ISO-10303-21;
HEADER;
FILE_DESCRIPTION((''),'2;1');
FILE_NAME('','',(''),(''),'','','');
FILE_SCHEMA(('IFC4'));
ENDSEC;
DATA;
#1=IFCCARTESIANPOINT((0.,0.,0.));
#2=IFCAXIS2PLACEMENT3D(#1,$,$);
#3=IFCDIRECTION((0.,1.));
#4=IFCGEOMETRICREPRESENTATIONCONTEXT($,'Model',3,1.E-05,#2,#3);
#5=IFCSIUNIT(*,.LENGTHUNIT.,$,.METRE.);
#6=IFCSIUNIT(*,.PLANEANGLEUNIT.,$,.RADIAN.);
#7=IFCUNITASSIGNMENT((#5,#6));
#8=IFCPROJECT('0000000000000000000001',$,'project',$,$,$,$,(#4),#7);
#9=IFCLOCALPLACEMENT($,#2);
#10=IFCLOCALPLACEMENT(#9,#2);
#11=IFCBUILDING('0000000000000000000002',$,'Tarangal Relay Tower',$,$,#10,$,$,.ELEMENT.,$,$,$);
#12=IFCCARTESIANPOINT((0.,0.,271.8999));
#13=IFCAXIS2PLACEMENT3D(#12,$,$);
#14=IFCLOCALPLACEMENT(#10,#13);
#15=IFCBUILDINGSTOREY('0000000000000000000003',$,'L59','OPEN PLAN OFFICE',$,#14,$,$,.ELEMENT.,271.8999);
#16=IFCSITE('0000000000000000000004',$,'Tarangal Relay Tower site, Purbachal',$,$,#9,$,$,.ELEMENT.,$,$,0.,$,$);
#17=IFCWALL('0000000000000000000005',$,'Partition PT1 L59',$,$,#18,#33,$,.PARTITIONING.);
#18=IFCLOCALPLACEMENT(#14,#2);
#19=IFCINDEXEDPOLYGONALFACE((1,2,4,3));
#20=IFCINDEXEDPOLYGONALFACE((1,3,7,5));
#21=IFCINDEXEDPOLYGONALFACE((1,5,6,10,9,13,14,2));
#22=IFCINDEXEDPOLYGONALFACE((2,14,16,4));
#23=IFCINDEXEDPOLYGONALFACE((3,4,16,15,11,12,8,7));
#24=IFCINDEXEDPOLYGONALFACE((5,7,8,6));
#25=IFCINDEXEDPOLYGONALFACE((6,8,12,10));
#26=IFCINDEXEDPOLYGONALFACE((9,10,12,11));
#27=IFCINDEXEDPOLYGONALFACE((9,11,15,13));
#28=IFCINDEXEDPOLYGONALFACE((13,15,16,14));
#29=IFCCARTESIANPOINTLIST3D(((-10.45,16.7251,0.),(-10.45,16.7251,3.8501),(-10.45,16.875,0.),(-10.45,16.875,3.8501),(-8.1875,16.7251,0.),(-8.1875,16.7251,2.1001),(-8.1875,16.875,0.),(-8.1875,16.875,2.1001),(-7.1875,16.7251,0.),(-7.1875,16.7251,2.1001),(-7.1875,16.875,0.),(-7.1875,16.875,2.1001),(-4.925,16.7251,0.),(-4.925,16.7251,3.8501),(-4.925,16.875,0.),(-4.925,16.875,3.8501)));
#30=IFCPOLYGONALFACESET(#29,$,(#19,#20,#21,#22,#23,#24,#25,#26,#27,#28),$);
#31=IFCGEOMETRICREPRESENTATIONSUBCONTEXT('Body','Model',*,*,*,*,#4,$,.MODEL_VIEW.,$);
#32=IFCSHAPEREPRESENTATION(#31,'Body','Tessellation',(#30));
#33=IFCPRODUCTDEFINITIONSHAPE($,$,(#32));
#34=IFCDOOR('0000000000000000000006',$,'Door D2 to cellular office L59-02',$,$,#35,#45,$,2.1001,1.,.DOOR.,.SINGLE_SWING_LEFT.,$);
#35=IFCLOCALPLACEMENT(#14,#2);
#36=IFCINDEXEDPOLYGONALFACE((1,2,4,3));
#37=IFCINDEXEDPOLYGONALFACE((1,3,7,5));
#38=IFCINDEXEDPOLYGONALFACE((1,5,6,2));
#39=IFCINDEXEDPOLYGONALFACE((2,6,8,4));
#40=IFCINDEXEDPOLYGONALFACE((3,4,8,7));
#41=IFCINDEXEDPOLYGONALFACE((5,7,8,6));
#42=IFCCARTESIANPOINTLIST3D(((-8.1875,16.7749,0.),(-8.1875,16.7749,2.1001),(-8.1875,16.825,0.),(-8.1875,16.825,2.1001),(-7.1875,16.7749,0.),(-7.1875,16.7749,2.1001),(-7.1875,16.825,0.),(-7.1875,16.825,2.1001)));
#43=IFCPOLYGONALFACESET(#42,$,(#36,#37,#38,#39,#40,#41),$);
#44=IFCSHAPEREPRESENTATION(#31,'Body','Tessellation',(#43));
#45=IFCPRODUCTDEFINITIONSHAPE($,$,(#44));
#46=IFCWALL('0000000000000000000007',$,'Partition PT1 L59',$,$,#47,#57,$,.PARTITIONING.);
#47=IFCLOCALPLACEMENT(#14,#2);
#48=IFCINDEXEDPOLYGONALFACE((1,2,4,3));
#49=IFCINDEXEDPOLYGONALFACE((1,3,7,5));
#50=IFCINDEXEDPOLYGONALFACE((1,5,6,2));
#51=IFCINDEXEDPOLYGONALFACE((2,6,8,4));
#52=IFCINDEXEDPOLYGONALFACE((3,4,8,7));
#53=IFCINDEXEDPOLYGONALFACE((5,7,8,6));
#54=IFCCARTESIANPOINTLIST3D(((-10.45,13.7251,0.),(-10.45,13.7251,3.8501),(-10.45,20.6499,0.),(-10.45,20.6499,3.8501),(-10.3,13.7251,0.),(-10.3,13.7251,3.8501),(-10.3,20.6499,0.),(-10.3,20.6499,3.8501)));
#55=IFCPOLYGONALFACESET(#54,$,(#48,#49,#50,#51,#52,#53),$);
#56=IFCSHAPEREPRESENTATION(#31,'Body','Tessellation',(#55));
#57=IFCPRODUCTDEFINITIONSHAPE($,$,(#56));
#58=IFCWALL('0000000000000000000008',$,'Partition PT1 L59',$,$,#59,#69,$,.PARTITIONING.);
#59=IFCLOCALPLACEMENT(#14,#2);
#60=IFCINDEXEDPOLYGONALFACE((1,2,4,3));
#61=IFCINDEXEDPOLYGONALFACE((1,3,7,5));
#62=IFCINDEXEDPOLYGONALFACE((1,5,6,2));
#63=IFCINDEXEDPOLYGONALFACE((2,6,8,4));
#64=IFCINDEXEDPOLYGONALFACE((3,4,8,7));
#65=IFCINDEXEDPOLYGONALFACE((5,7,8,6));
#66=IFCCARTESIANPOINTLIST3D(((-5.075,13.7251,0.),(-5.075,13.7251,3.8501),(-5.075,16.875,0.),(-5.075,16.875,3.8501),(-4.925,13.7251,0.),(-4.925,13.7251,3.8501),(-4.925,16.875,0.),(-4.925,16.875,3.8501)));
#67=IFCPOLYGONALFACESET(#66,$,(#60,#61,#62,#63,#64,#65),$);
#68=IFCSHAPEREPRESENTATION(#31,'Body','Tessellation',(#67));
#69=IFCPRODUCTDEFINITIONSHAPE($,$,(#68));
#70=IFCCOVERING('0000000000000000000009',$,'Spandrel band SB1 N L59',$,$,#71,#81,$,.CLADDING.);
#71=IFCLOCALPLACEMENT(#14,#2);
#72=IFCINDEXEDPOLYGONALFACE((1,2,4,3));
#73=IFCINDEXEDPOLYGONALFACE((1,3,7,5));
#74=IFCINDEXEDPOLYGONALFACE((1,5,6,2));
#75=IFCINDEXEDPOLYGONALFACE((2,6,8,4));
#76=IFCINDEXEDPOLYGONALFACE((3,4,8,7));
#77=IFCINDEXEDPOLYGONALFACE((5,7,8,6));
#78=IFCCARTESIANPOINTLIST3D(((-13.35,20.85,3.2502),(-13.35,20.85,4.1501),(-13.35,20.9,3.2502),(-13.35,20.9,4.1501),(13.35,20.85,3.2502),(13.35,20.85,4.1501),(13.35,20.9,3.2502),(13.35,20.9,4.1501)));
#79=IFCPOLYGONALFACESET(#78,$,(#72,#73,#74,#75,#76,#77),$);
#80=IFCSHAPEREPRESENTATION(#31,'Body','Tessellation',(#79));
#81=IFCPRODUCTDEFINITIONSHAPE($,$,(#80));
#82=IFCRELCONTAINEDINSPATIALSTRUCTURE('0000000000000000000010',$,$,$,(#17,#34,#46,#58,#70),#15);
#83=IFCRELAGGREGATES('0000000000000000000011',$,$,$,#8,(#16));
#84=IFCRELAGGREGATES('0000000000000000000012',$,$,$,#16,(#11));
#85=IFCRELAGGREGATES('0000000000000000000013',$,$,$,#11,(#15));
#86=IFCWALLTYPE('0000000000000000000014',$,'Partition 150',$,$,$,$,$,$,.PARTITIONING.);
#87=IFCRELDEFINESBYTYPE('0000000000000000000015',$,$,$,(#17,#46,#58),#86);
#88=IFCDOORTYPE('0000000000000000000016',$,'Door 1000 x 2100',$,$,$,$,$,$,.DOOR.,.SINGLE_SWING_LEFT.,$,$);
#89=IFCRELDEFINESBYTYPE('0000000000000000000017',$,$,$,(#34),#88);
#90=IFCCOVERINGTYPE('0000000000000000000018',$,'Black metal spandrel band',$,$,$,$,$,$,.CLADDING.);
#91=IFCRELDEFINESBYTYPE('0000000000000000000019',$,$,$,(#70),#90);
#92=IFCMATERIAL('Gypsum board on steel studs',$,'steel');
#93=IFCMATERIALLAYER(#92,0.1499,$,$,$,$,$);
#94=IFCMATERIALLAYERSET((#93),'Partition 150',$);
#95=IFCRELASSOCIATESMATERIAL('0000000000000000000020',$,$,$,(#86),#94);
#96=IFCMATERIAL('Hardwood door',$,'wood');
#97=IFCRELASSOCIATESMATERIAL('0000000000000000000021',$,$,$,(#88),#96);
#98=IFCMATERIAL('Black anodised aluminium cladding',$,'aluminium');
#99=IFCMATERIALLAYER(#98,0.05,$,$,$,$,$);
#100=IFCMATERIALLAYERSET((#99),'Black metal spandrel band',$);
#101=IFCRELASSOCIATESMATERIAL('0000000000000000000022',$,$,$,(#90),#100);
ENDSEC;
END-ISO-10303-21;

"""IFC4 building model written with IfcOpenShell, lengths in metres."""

from ifc_helpers import new_model, si_unit, direction, frame, frame_2d, origin, origin_2d, place, context, subcontext, project, spatial, rectangle, extrude, material, layer, layer_set, type_object, element, fill, save


model = new_model("IFC4")

# Units and contexts
model_context = context("Model", 3, precision=1e-05, world=origin(), true_north=direction((0.0, 1.0)))
body_context = subcontext(model_context, "Body", "Model", "MODEL_VIEW")
ifc_project = project(units=[si_unit("LENGTHUNIT", "METRE"), si_unit("PLANEANGLEUNIT", "RADIAN")], contexts=[model_context])

# Site, building, storey
site_placement = place(None, origin())
site = spatial("IfcSite", under=ifc_project, at=site_placement, Name="Tarangal Relay Tower site, Purbachal", CompositionType="ELEMENT", RefElevation=0.0)
building_placement = place(site_placement, origin())
building = spatial("IfcBuilding", under=site, at=building_placement, Name="Tarangal Relay Tower", CompositionType="ELEMENT")
storey_placement = place(building_placement, frame((0.0, 0.0, 271.8999)))
storey = spatial("IfcBuildingStorey", under=building, at=storey_placement, Name="L59", Description="OPEN PLAN OFFICE", CompositionType="ELEMENT", Elevation=271.8999)

# Wall, opening, door
ifc_material_1 = material(Name="Gypsum board on steel studs", Category="steel")
ifc_layer_1 = layer(ifc_material_1, 0.1499)
ifc_layer_set_1 = layer_set([ifc_layer_1], Name="Partition 150")
wall_type_1 = type_object("IfcWallType", Name="Partition 150", PredefinedType="PARTITIONING", material=ifc_layer_set_1)
wall_1_placement = place(storey_placement, frame((-10.45, 16.8, 0.0), z_axis=(0.0, 0.0, 1.0), x_axis=(1.0, 0.0, 0.0)))
wall_1 = element("IfcWall", 1, at=wall_1_placement, inside=storey, type_object=wall_type_1, Name="Partition PT1 L59", PredefinedType="PARTITIONING", context=body_context, shape_type="SweptSolid", body=[
    extrude(rectangle(XDim=5.5249, YDim=0.1499, at=frame_2d((2.7625, 0.0))), origin(), (0.0, 0.0, 1.0), 3.8501),
])
opening_1_placement = place(wall_1_placement, frame((2.2625, 0.0, 0.0)))
opening_1 = element("IfcOpeningElement", 2, at=opening_1_placement, cuts=wall_1, PredefinedType="OPENING", context=body_context, shape_type="SweptSolid", body=[
    extrude(rectangle(XDim=1.0, YDim=2.1001, at=frame_2d((0.5, 1.05))), frame((0.0, 0.085, 0.0), z_axis=(0.0, -1.0, 0.0), x_axis=(1.0, 0.0, 0.0)), (0.0, 0.0, 1.0), 0.1699),
])
ifc_material_2 = material(Name="Hardwood door", Category="wood")
door_type_1 = type_object("IfcDoorType", Name="Door 1000 x 2100", OperationType="SINGLE_SWING_LEFT", PredefinedType="DOOR", material=ifc_material_2)
door_1_placement = place(opening_1_placement, origin())
door_1 = element("IfcDoor", 3, at=door_1_placement, inside=storey, type_object=door_type_1, Name="Door D2 to cellular office L59-02", OperationType="SINGLE_SWING_LEFT", OverallHeight=2.1001, OverallWidth=1.0, PredefinedType="DOOR", context=body_context, shape_type="SweptSolid", body=[
    extrude(rectangle(XDim=1.0, YDim=2.1001, at=frame_2d((0.5, 1.05))), frame((0.0, 0.0249, 0.0), z_axis=(0.0, -1.0, 0.0), x_axis=(1.0, 0.0, 0.0)), (0.0, 0.0, 1.0), 0.05),
])
fill(opening_1, door_1)

# Walls
wall_2_placement = place(storey_placement, frame((-10.375, 13.7251, 0.0), z_axis=(0.0, 0.0, 1.0), x_axis=(0.0, 1.0, 0.0)))
element("IfcWall", 4, at=wall_2_placement, inside=storey, type_object=wall_type_1, Name="Partition PT1 L59", PredefinedType="PARTITIONING", context=body_context, shape_type="SweptSolid", body=[
    extrude(rectangle(XDim=6.9248, YDim=0.1499, at=frame_2d((3.4624, 0.0))), origin(), (0.0, 0.0, 1.0), 3.8501),
])
wall_3_placement = place(storey_placement, frame((-5.0, 13.7251, 0.0), z_axis=(0.0, 0.0, 1.0), x_axis=(0.0, 1.0, 0.0)))
element("IfcWall", 5, at=wall_3_placement, inside=storey, type_object=wall_type_1, Name="Partition PT1 L59", PredefinedType="PARTITIONING", context=body_context, shape_type="SweptSolid", body=[
    extrude(rectangle(XDim=3.1499, YDim=0.1499, at=frame_2d((1.575, 0.0))), origin(), (0.0, 0.0, 1.0), 3.8501),
])

# Covering
ifc_material_3 = material(Name="Black anodised aluminium cladding", Category="aluminium")
ifc_layer_2 = layer(ifc_material_3, 0.05)
ifc_layer_set_2 = layer_set([ifc_layer_2], Name="Black metal spandrel band")
covering_type = type_object("IfcCoveringType", Name="Black metal spandrel band", PredefinedType="CLADDING", material=ifc_layer_set_2)
covering_placement = place(storey_placement, frame((0.0, 20.875, 3.2502), z_axis=(0.0, 0.0, 1.0), x_axis=(1.0, 0.0, 0.0)))
element("IfcCovering", 6, at=covering_placement, inside=storey, type_object=covering_type, Name="Spandrel band SB1 N L59", PredefinedType="CLADDING", context=body_context, shape_type="SweptSolid", body=[
    extrude(rectangle(XDim=26.7, YDim=0.05, at=origin_2d()), origin(), (0.0, 0.0, 1.0), 0.8999),
])

save(model, "model.ifc")
